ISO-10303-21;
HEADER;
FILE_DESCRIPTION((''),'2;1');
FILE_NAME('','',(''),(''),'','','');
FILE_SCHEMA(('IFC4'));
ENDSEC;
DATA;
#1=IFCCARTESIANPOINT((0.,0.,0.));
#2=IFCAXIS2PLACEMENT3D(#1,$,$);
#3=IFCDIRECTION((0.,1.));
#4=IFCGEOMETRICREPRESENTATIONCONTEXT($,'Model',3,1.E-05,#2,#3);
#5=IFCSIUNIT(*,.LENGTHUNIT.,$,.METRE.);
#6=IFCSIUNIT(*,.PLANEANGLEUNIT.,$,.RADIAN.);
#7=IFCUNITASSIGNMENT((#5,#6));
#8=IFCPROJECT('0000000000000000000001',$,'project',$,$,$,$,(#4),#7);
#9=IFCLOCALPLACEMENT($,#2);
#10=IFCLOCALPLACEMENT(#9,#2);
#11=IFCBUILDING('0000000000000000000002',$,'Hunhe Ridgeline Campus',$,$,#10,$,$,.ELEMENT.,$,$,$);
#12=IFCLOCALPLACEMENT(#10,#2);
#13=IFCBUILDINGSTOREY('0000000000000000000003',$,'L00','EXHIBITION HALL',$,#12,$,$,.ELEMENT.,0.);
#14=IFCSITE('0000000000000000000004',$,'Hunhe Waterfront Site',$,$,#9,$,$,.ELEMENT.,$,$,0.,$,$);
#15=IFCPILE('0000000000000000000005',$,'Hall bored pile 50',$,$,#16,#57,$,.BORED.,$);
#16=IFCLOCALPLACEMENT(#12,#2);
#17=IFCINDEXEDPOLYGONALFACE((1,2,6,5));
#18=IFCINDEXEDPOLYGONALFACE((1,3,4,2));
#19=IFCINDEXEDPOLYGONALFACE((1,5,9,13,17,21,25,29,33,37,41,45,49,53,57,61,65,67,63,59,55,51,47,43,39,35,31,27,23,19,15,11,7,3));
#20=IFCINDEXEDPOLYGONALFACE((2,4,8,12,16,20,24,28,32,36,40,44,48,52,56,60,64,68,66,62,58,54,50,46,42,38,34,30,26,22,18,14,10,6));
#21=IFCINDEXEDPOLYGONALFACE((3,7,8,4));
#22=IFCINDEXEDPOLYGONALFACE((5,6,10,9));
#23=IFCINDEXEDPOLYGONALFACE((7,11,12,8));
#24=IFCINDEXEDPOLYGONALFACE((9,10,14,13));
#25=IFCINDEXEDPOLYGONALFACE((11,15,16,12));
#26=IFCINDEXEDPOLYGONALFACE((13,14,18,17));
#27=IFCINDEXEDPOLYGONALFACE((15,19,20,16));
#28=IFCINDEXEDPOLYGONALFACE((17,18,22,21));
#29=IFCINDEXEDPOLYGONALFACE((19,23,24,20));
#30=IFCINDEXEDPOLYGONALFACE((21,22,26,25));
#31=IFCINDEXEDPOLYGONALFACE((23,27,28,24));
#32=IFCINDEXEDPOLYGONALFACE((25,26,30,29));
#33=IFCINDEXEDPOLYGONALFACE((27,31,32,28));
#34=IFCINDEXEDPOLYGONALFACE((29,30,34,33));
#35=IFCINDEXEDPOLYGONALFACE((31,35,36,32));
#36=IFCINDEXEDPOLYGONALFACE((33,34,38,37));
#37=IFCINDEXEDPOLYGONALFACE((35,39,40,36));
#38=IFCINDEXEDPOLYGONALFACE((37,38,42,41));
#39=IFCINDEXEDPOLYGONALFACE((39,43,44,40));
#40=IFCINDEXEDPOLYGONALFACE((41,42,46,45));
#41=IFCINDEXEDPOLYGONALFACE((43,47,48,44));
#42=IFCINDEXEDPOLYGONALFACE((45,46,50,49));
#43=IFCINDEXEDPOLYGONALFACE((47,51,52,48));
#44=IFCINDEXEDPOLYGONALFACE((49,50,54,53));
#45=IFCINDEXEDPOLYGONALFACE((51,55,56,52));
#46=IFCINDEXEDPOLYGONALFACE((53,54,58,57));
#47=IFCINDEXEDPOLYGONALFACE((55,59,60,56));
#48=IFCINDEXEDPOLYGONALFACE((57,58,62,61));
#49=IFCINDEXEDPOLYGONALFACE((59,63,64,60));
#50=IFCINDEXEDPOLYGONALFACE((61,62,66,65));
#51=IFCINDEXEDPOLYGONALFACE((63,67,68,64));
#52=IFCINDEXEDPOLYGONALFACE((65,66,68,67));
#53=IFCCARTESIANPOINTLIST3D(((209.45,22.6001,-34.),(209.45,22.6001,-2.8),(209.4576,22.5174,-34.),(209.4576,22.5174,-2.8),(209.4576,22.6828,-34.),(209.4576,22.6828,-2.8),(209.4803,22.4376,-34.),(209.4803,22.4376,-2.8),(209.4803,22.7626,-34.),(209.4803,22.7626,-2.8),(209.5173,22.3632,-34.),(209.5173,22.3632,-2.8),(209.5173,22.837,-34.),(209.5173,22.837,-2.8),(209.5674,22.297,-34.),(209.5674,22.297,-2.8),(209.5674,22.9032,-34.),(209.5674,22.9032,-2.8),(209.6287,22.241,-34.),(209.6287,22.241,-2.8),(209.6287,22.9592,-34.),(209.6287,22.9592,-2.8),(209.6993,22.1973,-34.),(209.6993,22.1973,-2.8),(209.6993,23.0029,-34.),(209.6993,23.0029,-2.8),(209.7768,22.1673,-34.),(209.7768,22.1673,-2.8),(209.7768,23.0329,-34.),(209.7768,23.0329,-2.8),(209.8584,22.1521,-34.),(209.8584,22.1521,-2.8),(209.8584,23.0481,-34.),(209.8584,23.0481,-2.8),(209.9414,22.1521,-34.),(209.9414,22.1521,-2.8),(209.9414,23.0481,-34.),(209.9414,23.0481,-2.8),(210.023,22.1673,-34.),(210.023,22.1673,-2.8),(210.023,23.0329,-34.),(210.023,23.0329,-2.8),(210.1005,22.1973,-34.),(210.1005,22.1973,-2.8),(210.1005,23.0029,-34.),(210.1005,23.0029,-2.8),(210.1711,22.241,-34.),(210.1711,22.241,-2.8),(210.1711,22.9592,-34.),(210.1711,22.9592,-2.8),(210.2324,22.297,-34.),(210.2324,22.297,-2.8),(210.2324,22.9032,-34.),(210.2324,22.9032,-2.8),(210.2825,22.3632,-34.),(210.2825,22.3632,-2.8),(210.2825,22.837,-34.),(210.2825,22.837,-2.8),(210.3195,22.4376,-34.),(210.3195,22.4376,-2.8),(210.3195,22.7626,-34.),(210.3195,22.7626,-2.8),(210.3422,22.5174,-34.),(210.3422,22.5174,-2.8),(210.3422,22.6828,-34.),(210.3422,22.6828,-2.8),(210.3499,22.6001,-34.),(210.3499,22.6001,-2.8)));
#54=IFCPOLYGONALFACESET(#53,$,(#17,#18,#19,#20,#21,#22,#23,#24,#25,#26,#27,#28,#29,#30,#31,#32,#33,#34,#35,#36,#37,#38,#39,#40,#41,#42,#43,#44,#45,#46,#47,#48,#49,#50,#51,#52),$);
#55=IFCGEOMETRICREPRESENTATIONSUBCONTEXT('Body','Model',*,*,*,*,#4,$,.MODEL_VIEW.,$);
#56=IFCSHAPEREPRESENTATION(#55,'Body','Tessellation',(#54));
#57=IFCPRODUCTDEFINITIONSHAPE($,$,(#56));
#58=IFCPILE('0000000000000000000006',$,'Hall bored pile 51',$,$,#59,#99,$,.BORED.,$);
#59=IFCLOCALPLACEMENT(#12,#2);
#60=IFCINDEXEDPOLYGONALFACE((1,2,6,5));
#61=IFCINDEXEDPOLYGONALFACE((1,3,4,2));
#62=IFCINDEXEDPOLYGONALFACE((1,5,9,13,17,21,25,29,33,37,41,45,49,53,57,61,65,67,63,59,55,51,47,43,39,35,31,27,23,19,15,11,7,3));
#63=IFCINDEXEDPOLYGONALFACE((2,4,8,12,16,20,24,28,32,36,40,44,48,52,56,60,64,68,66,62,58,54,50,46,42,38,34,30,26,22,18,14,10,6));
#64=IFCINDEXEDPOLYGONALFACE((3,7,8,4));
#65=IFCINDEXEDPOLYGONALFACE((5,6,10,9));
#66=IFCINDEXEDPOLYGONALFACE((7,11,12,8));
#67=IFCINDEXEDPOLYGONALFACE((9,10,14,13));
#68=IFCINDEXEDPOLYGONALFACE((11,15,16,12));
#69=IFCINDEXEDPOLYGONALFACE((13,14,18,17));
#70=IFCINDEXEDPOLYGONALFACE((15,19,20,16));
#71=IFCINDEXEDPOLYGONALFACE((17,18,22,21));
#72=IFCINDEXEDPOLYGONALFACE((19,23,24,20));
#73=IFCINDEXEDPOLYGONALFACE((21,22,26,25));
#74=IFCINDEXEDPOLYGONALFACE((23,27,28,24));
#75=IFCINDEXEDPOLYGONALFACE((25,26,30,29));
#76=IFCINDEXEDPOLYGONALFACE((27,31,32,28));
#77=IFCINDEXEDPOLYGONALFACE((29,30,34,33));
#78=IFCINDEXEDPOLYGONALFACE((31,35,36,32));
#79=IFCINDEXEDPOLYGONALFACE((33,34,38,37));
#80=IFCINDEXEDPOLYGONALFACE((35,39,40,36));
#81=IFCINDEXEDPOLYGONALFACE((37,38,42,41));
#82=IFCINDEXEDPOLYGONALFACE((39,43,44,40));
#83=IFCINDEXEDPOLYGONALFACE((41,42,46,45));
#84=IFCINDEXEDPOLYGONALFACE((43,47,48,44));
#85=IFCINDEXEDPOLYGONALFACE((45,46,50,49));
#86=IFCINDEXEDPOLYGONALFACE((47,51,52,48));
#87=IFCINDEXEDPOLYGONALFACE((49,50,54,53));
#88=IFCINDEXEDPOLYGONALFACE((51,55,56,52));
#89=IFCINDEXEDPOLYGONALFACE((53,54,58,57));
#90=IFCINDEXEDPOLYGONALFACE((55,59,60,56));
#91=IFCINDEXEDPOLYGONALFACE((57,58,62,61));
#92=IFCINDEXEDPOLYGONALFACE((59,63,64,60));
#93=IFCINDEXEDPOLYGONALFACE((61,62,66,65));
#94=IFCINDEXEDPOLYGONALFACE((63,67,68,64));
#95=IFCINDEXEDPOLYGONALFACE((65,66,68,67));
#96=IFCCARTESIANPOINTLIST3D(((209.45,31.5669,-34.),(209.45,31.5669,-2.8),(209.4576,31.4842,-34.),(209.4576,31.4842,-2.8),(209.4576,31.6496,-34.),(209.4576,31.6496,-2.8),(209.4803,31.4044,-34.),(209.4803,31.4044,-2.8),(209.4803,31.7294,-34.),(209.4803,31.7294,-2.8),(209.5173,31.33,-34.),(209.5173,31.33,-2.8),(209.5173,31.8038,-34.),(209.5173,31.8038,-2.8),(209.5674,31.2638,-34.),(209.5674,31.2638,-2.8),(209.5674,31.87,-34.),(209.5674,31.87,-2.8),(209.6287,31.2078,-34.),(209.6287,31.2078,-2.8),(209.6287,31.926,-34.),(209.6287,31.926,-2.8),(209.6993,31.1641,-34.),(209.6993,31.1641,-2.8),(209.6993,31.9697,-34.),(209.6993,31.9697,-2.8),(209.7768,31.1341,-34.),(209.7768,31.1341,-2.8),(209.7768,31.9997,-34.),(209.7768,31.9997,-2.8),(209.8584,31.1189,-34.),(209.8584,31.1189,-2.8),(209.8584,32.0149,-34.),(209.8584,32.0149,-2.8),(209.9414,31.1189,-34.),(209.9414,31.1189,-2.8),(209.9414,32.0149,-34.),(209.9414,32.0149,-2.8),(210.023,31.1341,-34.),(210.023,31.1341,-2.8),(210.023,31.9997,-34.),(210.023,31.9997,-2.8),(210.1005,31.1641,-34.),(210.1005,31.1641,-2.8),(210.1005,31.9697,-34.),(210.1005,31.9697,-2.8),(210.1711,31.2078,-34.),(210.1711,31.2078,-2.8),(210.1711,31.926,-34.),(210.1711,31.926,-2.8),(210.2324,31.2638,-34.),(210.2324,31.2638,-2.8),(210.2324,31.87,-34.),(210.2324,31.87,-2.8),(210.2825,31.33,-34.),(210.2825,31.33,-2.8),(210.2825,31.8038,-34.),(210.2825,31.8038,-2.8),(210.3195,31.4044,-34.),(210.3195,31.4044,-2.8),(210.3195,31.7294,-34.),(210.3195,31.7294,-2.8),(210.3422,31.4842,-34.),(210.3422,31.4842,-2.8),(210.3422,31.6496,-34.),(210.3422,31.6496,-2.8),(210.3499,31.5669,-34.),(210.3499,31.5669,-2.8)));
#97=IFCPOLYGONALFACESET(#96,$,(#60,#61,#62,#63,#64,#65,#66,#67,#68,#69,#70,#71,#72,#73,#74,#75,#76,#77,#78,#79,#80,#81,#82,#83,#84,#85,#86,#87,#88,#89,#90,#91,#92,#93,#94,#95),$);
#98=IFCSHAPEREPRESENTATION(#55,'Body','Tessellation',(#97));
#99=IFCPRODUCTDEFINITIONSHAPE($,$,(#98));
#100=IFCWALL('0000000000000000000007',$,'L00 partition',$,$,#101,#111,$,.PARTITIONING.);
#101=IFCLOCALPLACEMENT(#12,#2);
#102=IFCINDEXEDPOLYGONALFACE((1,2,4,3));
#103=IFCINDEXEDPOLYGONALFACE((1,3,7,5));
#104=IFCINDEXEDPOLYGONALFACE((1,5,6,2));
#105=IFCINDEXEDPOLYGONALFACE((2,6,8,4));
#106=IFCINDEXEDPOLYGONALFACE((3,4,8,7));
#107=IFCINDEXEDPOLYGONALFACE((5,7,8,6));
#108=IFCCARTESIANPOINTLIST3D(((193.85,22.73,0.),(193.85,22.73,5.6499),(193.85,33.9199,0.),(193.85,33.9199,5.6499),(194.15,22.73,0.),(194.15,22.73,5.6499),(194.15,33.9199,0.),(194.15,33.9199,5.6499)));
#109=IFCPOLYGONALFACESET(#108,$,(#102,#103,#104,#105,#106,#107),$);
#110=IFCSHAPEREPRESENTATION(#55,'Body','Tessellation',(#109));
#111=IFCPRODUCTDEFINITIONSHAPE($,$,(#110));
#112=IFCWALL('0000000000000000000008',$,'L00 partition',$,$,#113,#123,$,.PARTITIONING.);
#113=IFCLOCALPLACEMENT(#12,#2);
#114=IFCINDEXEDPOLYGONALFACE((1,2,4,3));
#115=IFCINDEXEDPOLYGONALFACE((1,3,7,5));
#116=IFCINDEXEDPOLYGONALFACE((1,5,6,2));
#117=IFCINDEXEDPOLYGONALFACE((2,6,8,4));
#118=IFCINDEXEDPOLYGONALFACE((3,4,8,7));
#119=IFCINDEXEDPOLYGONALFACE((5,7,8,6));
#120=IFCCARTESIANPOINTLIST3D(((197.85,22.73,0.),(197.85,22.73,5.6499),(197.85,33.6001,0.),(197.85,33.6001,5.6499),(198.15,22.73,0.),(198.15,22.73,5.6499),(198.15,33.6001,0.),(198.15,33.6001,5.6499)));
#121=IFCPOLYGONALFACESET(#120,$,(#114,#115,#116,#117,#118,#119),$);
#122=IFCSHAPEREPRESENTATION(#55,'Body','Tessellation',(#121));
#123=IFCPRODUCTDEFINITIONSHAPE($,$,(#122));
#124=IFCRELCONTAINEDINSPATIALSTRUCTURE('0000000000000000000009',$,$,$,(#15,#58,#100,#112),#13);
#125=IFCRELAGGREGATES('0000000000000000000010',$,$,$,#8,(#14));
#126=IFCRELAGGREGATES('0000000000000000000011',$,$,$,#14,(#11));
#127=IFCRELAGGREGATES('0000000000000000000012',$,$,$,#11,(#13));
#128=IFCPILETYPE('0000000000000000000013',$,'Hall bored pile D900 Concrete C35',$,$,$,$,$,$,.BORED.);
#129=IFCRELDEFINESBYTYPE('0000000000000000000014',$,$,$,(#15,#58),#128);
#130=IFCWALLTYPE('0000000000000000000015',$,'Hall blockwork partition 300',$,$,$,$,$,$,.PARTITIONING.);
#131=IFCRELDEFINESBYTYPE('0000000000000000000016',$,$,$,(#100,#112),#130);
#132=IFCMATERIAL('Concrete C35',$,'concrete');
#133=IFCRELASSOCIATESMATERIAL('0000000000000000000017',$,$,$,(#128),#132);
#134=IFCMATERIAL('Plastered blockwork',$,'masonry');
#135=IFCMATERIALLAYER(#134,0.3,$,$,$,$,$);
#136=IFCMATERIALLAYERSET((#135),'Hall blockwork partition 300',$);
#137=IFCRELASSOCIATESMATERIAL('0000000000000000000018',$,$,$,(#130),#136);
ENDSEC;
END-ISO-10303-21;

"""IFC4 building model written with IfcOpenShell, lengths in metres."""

from ifc_helpers import new_model, si_unit, direction, frame, frame_2d, origin, origin_2d, place, context, subcontext, project, spatial, rectangle, circle, extrude, material, layer, layer_set, material_profile, profile_set, type_object, element, save


model = new_model("IFC4")

# Units and contexts
model_context = context("Model", 3, precision=1e-05, world=origin(), true_north=direction((0.0, 1.0)))
body_context = subcontext(model_context, "Body", "Model", "MODEL_VIEW")
ifc_project = project(units=[si_unit("LENGTHUNIT", "METRE"), si_unit("PLANEANGLEUNIT", "RADIAN")], contexts=[model_context])

# Site, building, storey
site_placement = place(None, origin())
site = spatial("IfcSite", under=ifc_project, at=site_placement, Name="Hunhe Waterfront Site", CompositionType="ELEMENT", RefElevation=0.0)
building_placement = place(site_placement, origin())
building = spatial("IfcBuilding", under=site, at=building_placement, Name="Hunhe Ridgeline Campus", CompositionType="ELEMENT")
storey_placement = place(building_placement, origin())
storey = spatial("IfcBuildingStorey", under=building, at=storey_placement, Name="L00", Description="EXHIBITION HALL", CompositionType="ELEMENT", Elevation=0.0)

# Piles
ifc_material_1 = material(Name="Concrete C35", Category="concrete")
ifc_material_profile = material_profile(ifc_material_1, circle(Radius=0.45, at=origin_2d()))
ifc_profile_set = profile_set([ifc_material_profile], Name="Concrete C35")
pile_type = type_object("IfcPileType", Name="Hall bored pile D900 Concrete C35", PredefinedType="BORED", material=ifc_profile_set)
for number, where, z_axis, x_axis, name in (
    (1, (209.8999, 22.6001, -2.8), (0.0, 0.0, -1.0), (1.0, 0.0, 0.0), "Hall bored pile 50"),
    (2, (209.8999, 31.5669, -2.8), (0.0, 0.0, -1.0), (1.0, 0.0, 0.0), "Hall bored pile 51"),
):
    element("IfcPile", number, at=place(storey_placement, frame(where, z_axis=z_axis, x_axis=x_axis)), inside=storey, type_object=pile_type, Name=name, PredefinedType="BORED", context=body_context, shape_type="SweptSolid", body=[
        extrude(circle(Radius=0.45, at=origin_2d()), origin(), (0.0, 0.0, 1.0), 31.2),
    ])

# Walls
ifc_material_2 = material(Name="Plastered blockwork", Category="masonry")
ifc_layer_1 = layer(ifc_material_2, 0.3)
ifc_layer_set_1 = layer_set([ifc_layer_1], Name="Hall blockwork partition 300")
wall_type_1 = type_object("IfcWallType", Name="Hall blockwork partition 300", PredefinedType="PARTITIONING", material=ifc_layer_set_1)
wall_1_placement = place(storey_placement, frame((194.0, 22.73, 0.0), z_axis=(0.0, 0.0, 1.0), x_axis=(0.0, 1.0, 0.0)))
element("IfcWall", 3, at=wall_1_placement, inside=storey, type_object=wall_type_1, Name="L00 partition", PredefinedType="PARTITIONING", context=body_context, shape_type="SweptSolid", body=[
    extrude(rectangle(XDim=11.1899, YDim=0.3, at=frame_2d((5.595, 0.0))), origin(), (0.0, 0.0, 1.0), 5.6499),
])
wall_2_placement = place(storey_placement, frame((198.0, 22.73, 0.0), z_axis=(0.0, 0.0, 1.0), x_axis=(0.0, 1.0, 0.0)))
element("IfcWall", 4, at=wall_2_placement, inside=storey, type_object=wall_type_1, Name="L00 partition", PredefinedType="PARTITIONING", context=body_context, shape_type="SweptSolid", body=[
    extrude(rectangle(XDim=10.8701, YDim=0.3, at=frame_2d((5.4351, 0.0))), origin(), (0.0, 0.0, 1.0), 5.6499),
])

save(model, "model.ifc")
